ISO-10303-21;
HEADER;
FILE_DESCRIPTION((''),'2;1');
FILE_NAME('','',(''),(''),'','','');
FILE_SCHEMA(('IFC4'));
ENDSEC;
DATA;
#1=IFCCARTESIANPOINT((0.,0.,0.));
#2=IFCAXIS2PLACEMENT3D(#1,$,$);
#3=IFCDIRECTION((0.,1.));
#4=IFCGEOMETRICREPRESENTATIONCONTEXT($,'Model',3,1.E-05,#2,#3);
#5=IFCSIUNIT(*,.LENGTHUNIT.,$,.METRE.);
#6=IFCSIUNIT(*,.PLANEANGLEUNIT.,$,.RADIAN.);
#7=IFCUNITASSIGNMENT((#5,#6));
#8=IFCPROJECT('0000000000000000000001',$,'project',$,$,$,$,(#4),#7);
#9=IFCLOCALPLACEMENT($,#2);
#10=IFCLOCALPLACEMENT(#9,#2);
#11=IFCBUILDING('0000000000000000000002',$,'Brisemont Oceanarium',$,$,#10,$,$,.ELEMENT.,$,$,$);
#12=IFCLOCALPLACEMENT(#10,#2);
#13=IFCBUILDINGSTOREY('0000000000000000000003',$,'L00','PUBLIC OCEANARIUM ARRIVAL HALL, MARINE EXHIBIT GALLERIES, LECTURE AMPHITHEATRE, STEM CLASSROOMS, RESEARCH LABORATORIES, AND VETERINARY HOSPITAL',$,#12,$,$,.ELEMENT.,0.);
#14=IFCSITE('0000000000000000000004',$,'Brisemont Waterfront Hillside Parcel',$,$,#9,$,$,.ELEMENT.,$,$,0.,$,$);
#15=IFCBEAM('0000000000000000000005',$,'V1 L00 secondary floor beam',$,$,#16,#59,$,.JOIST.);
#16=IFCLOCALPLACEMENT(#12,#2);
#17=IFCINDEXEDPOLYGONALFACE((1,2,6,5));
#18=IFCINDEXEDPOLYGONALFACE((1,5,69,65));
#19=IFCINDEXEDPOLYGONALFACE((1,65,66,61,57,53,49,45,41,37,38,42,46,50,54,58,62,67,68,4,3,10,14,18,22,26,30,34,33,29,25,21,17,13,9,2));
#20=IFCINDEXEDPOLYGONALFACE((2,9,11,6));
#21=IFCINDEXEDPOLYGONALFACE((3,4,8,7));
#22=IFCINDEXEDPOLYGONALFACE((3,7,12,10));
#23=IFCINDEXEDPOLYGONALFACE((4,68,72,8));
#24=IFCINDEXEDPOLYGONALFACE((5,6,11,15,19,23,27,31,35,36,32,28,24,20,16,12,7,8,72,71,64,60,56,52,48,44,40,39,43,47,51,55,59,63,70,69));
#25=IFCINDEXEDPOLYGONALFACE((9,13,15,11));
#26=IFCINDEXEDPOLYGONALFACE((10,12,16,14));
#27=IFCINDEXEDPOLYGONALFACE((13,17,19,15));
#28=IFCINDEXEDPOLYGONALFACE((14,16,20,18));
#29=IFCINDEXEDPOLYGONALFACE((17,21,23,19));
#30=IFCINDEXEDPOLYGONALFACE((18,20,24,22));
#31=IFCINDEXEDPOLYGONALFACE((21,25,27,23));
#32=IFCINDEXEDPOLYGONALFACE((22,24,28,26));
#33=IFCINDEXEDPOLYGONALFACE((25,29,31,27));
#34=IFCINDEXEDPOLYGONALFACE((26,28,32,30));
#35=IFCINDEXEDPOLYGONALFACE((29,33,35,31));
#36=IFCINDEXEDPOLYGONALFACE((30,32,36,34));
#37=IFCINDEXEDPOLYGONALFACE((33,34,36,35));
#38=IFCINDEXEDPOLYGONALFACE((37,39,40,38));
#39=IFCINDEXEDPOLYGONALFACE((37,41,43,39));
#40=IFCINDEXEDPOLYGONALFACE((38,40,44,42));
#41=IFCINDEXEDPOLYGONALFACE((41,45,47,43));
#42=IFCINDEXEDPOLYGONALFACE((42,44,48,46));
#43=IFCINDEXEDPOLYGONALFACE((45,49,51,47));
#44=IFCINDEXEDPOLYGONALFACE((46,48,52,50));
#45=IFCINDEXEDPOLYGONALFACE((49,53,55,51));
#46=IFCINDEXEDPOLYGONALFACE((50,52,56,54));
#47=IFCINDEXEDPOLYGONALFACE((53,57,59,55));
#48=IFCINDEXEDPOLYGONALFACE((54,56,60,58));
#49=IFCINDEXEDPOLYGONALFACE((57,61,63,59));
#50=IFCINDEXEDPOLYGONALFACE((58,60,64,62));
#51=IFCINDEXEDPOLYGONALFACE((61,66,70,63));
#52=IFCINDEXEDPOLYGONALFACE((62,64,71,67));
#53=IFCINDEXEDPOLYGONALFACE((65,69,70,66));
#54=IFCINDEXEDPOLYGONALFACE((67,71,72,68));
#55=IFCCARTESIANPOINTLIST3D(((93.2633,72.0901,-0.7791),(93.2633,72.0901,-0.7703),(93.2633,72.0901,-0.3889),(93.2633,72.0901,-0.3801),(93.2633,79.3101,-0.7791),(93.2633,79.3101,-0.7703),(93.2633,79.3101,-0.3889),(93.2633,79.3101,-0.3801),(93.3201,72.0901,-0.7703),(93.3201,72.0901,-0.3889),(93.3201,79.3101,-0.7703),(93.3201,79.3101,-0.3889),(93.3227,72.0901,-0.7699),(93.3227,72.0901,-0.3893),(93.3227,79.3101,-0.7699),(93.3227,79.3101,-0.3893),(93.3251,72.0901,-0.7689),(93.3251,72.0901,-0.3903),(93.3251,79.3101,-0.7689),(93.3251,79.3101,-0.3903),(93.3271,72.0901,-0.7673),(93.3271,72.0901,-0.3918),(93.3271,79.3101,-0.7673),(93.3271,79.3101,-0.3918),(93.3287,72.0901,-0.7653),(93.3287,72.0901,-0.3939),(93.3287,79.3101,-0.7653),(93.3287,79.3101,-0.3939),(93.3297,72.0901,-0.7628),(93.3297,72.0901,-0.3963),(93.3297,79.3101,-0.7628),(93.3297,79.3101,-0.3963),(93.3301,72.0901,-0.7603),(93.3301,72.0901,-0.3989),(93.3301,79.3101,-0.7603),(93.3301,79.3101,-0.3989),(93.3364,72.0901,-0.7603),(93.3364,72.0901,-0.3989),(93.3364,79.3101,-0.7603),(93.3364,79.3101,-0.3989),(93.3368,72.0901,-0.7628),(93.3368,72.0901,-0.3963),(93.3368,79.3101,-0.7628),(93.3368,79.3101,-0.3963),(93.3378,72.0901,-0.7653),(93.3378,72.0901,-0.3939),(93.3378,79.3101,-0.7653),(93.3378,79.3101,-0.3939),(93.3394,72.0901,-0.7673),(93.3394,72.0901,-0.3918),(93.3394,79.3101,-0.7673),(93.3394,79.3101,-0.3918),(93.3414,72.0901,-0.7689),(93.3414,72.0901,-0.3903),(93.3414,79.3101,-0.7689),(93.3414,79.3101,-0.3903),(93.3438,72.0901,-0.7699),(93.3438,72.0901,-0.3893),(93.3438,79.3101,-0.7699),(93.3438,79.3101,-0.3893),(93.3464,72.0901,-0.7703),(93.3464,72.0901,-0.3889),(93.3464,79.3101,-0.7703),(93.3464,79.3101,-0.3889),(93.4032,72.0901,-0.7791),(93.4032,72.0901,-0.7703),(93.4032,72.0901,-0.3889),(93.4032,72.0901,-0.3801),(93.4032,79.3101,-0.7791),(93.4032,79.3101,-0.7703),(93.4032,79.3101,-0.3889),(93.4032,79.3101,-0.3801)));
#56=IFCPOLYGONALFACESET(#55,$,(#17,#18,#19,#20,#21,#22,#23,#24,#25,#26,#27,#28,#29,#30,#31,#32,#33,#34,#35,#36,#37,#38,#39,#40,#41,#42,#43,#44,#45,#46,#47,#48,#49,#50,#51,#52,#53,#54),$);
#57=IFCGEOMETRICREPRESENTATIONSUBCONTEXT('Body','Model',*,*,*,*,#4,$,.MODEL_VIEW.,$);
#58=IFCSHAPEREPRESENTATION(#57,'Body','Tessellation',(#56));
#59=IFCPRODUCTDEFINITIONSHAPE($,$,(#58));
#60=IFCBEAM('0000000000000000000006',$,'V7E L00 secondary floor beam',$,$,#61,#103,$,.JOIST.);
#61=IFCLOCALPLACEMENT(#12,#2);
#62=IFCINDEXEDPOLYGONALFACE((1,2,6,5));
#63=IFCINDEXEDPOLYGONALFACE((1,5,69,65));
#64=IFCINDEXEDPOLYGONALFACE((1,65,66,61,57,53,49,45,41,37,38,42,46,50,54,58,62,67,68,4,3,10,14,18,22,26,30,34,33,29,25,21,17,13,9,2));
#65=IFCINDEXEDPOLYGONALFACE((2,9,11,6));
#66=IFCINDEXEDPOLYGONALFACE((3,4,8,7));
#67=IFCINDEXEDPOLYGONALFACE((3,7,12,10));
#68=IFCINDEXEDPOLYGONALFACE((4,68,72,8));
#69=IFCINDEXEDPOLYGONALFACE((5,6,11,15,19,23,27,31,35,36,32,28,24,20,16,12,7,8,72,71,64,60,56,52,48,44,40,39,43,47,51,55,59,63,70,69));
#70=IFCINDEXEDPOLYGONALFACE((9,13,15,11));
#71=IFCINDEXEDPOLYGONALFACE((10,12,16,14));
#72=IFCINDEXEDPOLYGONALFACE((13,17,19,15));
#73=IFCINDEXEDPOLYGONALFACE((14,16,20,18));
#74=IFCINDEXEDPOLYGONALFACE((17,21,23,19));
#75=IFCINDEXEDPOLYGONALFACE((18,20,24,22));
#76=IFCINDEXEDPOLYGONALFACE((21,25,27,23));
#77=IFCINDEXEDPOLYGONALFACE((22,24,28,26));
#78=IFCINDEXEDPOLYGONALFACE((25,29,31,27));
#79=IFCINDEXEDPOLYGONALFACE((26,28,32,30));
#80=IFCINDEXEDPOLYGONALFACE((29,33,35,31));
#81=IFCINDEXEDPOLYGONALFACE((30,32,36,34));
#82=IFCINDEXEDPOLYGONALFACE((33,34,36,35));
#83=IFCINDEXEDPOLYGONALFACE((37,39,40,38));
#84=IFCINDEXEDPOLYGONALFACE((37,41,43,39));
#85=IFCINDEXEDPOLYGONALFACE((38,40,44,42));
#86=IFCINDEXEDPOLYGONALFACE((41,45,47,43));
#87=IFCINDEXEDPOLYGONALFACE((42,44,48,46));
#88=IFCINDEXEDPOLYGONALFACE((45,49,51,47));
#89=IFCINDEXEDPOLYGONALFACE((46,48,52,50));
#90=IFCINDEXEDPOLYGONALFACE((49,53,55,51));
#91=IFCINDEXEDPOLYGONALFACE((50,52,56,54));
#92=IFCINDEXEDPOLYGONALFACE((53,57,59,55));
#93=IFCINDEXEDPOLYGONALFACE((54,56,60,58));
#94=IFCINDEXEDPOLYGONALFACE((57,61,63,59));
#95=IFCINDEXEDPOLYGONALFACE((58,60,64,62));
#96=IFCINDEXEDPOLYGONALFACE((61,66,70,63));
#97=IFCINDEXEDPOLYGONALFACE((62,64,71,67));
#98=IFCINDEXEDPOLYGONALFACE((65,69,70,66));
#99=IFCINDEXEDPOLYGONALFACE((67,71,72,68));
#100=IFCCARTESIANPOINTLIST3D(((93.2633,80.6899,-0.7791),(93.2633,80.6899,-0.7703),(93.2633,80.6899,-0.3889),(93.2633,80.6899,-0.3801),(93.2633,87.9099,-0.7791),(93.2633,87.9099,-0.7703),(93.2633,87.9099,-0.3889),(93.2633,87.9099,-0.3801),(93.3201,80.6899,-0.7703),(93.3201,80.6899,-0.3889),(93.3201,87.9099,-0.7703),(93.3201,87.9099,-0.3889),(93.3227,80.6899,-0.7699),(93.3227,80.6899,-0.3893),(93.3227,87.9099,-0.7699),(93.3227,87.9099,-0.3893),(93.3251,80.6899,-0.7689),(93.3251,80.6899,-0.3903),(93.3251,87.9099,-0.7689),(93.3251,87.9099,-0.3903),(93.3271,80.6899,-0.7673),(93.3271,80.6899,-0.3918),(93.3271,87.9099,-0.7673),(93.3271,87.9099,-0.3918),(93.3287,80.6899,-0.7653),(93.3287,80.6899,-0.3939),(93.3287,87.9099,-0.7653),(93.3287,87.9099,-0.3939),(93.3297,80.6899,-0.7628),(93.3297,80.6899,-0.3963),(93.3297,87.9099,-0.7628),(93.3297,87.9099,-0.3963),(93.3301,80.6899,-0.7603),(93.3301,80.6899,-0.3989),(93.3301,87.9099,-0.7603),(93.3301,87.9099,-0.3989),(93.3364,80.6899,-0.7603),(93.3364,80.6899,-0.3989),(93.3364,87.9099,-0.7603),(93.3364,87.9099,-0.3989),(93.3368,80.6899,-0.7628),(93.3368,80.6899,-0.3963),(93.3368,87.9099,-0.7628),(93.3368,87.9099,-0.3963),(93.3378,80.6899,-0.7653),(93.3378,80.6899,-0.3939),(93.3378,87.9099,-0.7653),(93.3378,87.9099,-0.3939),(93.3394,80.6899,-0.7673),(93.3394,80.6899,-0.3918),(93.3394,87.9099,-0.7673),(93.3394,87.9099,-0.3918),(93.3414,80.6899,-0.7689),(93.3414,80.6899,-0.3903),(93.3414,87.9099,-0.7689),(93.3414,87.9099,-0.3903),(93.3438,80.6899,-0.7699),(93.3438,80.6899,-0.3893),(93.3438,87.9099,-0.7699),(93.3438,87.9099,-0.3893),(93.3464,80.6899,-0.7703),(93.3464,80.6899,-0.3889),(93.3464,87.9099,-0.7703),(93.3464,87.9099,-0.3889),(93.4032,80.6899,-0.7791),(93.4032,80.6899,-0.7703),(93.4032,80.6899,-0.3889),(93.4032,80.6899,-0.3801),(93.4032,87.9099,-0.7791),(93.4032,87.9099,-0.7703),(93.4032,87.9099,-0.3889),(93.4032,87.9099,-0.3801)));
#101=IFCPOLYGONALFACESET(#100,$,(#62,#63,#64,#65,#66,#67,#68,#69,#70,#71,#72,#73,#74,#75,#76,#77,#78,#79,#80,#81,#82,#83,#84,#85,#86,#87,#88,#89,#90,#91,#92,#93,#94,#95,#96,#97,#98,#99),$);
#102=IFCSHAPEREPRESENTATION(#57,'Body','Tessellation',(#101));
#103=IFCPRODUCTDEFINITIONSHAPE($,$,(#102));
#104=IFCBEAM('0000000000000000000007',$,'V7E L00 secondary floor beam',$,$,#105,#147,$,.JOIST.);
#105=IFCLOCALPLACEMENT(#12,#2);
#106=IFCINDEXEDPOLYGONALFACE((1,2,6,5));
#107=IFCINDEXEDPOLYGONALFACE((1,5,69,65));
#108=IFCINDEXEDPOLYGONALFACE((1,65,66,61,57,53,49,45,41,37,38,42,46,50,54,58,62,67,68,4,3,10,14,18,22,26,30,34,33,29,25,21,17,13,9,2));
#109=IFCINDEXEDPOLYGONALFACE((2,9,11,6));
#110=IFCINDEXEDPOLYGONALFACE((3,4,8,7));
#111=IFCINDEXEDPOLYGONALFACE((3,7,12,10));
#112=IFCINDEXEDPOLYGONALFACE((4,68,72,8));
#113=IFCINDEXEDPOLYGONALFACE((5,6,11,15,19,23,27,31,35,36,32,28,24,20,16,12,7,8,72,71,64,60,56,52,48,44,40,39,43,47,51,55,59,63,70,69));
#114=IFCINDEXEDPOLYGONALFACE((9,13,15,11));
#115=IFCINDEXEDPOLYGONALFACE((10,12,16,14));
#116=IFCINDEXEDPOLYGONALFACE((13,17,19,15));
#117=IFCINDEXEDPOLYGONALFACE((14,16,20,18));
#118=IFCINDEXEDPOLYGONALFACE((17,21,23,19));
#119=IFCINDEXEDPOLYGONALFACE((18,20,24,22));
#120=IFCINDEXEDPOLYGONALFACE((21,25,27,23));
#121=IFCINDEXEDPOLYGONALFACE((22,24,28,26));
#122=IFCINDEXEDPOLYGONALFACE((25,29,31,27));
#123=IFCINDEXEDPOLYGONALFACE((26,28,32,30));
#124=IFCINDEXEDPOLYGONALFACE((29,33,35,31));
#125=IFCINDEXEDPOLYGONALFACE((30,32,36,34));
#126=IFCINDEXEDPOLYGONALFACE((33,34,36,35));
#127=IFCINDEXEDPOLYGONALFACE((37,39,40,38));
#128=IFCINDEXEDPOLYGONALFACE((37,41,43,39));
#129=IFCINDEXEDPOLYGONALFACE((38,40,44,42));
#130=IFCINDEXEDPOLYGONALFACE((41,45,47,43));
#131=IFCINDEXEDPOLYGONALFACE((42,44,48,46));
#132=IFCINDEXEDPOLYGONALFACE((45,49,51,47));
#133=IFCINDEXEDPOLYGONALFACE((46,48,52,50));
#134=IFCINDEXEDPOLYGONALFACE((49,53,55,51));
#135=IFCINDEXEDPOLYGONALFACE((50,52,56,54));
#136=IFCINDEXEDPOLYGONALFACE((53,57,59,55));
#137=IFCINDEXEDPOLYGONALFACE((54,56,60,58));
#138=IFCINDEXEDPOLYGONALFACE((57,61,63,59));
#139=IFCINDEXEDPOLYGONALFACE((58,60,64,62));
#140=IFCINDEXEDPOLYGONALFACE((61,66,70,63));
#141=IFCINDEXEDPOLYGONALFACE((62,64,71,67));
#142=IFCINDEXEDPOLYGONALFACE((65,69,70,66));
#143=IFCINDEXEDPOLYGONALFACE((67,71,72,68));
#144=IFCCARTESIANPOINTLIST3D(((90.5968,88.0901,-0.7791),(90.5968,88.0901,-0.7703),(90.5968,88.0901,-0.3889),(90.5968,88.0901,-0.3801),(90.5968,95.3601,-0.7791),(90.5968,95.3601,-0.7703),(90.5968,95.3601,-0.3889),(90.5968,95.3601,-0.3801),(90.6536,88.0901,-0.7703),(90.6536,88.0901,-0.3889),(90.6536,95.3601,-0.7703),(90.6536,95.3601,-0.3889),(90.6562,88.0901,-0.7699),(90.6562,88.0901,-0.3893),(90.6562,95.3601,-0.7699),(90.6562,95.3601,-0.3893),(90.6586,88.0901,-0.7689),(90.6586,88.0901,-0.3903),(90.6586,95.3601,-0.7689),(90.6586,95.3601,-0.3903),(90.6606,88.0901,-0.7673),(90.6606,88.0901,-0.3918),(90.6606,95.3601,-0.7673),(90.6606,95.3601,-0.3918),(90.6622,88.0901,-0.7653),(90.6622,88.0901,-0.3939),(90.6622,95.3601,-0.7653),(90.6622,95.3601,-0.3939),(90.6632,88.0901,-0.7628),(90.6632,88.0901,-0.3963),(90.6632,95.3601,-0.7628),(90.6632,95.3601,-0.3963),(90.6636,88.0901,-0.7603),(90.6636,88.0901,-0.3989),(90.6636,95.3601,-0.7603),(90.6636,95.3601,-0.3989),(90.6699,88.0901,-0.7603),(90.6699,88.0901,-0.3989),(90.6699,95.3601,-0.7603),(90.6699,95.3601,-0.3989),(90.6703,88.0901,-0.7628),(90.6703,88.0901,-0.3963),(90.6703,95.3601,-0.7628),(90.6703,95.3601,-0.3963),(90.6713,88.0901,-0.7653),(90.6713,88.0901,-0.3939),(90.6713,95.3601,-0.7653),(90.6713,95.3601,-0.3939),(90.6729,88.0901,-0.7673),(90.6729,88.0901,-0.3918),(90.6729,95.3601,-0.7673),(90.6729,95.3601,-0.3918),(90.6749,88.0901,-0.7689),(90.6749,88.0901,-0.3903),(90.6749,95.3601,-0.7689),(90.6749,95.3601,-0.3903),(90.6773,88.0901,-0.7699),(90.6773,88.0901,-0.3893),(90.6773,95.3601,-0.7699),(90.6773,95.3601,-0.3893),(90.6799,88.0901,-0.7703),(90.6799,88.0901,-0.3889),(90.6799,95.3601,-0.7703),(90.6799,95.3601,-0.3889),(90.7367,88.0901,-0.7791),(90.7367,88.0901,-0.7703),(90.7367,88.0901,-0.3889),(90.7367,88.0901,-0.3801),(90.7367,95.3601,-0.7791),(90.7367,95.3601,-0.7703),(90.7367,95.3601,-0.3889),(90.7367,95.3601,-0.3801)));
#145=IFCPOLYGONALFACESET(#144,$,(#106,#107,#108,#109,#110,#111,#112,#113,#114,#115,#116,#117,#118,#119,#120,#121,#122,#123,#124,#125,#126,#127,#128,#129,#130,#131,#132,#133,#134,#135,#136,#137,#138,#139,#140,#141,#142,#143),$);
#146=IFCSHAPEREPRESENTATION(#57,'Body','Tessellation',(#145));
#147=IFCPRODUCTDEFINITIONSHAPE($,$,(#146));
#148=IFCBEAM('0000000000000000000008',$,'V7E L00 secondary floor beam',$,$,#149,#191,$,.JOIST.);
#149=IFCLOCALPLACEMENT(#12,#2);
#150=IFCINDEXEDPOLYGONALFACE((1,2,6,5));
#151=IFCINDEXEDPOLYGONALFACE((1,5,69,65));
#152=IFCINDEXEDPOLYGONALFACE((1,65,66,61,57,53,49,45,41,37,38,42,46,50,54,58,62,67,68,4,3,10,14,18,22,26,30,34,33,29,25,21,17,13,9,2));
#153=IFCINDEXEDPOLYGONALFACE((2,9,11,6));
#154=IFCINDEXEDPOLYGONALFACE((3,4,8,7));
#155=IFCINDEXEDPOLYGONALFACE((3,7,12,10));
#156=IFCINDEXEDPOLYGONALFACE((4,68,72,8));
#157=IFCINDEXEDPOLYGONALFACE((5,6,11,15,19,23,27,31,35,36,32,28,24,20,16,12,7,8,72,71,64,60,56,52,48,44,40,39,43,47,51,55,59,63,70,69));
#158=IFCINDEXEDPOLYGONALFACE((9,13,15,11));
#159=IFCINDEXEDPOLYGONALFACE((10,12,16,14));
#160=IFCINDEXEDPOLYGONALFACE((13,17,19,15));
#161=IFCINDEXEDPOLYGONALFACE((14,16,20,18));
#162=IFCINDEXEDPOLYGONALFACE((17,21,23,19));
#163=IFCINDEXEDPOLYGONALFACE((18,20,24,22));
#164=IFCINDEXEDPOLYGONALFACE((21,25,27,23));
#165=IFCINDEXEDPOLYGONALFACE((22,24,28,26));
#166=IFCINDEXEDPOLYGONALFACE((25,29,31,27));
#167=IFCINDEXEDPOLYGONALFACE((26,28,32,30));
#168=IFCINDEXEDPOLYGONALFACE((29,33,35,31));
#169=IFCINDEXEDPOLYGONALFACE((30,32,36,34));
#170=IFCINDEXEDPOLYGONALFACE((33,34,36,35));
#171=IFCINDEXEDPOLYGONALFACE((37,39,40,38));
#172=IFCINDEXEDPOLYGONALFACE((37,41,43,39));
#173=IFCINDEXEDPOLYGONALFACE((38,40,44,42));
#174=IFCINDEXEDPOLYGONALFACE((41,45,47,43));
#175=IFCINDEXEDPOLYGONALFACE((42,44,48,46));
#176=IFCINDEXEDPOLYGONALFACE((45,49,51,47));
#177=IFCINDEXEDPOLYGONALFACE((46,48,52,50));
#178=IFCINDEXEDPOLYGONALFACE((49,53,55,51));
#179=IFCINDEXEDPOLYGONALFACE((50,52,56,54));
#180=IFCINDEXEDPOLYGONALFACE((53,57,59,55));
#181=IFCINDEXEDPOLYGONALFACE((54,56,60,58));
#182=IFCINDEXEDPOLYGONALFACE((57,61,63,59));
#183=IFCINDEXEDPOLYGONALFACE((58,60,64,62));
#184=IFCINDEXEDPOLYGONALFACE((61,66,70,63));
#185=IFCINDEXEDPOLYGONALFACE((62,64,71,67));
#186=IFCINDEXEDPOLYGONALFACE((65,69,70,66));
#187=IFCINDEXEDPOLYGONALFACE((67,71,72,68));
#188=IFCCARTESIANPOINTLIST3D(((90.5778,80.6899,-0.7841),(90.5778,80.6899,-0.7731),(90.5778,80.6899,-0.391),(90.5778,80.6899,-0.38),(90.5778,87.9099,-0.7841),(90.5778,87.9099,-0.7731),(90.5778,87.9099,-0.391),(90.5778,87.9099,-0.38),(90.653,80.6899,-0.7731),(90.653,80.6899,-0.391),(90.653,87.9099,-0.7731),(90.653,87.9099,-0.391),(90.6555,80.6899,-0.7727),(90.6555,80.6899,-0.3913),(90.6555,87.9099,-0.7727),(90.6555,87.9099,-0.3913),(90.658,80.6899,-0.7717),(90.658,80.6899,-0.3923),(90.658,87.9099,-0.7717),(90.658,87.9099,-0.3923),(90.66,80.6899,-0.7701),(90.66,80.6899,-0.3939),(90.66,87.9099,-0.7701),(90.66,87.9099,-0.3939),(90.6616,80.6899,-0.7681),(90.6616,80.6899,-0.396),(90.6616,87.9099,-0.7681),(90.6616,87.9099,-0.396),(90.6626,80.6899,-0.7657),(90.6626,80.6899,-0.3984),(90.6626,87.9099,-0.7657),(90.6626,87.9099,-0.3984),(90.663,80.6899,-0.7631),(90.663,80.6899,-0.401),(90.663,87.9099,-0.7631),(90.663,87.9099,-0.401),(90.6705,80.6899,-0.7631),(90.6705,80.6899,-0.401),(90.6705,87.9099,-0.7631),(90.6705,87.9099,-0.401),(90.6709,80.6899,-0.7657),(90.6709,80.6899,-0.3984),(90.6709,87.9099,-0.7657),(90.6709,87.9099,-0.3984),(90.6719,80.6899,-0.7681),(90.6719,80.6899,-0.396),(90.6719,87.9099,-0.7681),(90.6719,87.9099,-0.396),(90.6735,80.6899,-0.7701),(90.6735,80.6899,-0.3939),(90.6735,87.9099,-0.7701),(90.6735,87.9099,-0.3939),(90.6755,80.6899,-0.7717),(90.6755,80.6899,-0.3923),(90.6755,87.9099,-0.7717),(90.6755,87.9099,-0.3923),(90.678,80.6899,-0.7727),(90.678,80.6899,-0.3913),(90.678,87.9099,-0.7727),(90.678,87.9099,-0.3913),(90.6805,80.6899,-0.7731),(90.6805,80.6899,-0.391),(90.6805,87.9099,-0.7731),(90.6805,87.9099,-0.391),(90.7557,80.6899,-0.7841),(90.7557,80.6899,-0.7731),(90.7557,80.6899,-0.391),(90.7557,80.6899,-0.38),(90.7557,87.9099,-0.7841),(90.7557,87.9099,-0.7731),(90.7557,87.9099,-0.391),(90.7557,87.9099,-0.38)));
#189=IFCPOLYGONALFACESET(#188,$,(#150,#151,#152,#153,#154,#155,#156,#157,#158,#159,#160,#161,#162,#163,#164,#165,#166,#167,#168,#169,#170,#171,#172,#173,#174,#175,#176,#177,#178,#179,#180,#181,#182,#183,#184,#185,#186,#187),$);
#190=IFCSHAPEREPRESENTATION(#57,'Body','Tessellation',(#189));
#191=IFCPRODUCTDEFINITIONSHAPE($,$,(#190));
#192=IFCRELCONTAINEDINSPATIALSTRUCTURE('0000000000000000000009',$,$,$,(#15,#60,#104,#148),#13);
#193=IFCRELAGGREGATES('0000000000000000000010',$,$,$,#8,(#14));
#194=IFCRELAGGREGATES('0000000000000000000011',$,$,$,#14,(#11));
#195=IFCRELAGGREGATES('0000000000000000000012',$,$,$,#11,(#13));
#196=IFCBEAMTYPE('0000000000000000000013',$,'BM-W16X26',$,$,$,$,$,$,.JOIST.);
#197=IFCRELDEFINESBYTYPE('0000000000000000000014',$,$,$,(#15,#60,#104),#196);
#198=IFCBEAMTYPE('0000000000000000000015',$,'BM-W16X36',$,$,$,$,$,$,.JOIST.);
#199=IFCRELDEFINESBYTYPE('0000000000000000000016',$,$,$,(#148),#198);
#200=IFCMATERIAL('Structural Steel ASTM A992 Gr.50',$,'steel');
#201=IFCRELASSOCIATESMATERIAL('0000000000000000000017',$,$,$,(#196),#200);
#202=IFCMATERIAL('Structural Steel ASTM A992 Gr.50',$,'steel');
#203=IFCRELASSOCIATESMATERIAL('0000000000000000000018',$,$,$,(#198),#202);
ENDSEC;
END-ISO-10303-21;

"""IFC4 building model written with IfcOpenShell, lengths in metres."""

from ifc_helpers import new_model, si_unit, direction, frame, origin, origin_2d, place, context, subcontext, project, spatial, i_section, extrude, material, material_profile, profile_set, type_object, element, save


model = new_model("IFC4")

# Units and contexts
model_context = context("Model", 3, precision=1e-05, world=origin(), true_north=direction((0.0, 1.0)))
body_context = subcontext(model_context, "Body", "Model", "MODEL_VIEW")
ifc_project = project(units=[si_unit("LENGTHUNIT", "METRE"), si_unit("PLANEANGLEUNIT", "RADIAN")], contexts=[model_context])

# Site, building, storey
site_placement = place(None, origin())
site = spatial("IfcSite", under=ifc_project, at=site_placement, Name="Brisemont Waterfront Hillside Parcel", CompositionType="ELEMENT", RefElevation=0.0)
building_placement = place(site_placement, origin())
building = spatial("IfcBuilding", under=site, at=building_placement, Name="Brisemont Oceanarium", CompositionType="ELEMENT")
storey_placement = place(building_placement, origin())
storey = spatial("IfcBuildingStorey", under=building, at=storey_placement, Name="L00", Description="PUBLIC OCEANARIUM ARRIVAL HALL, MARINE EXHIBIT GALLERIES, LECTURE AMPHITHEATRE, STEM CLASSROOMS, RESEARCH LABORATORIES, AND VETERINARY HOSPITAL", CompositionType="ELEMENT", Elevation=0.0)

# Beams
ifc_material_1 = material(Name="Structural Steel ASTM A992 Gr.50", Category="steel")
ifc_material_profile_1 = material_profile(ifc_material_1, i_section(OverallWidth=0.1399, OverallDepth=0.3989, WebThickness=0.0063, FlangeThickness=0.0088, FilletRadius=0.01, at=origin_2d()), Name="W16X26")
ifc_profile_set_1 = profile_set([ifc_material_profile_1], Name="Structural Steel ASTM A992 Gr.50")
beam_type_1 = type_object("IfcBeamType", Name="BM-W16X26", PredefinedType="JOIST", material=ifc_profile_set_1)
for number, where, z_axis, x_axis, name in (
    (1, (93.3333, 72.0901, -0.5796), (0.0, 1.0, 0.0), (-1.0, 0.0, 0.0), "V1 L00 secondary floor beam"),
    (2, (93.3333, 80.6899, -0.5796), (0.0, 1.0, 0.0), (-1.0, 0.0, 0.0), "V7E L00 secondary floor beam"),
):
    element("IfcBeam", number, at=place(storey_placement, frame(where, z_axis=z_axis, x_axis=x_axis)), inside=storey, type_object=beam_type_1, Name=name, PredefinedType="JOIST", context=body_context, shape_type="SweptSolid", body=[
        extrude(i_section(OverallWidth=0.1399, OverallDepth=0.3989, WebThickness=0.0063, FlangeThickness=0.0088, FilletRadius=0.01, at=origin_2d()), origin(), (0.0, 0.0, 1.0), 7.22),
    ])
beam_1_placement = place(storey_placement, frame((90.6667, 88.0901, -0.5796), z_axis=(0.0, 1.0, 0.0), x_axis=(-1.0, 0.0, 0.0)))
element("IfcBeam", 3, at=beam_1_placement, inside=storey, type_object=beam_type_1, Name="V7E L00 secondary floor beam", PredefinedType="JOIST", context=body_context, shape_type="SweptSolid", body=[
    extrude(i_section(OverallWidth=0.1399, OverallDepth=0.3989, WebThickness=0.0063, FlangeThickness=0.0088, FilletRadius=0.01, at=origin_2d()), origin(), (0.0, 0.0, 1.0), 7.27),
])
ifc_material_2 = material(Name="Structural Steel ASTM A992 Gr.50", Category="steel")
ifc_material_profile_2 = material_profile(ifc_material_2, i_section(OverallWidth=0.178, OverallDepth=0.4041, WebThickness=0.0076, FlangeThickness=0.011, FilletRadius=0.01, at=origin_2d()), Name="W16X36")
ifc_profile_set_2 = profile_set([ifc_material_profile_2], Name="Structural Steel ASTM A992 Gr.50")
beam_type_2 = type_object("IfcBeamType", Name="BM-W16X36", PredefinedType="JOIST", material=ifc_profile_set_2)
beam_2_placement = place(storey_placement, frame((90.6667, 80.6899, -0.582), z_axis=(0.0, 1.0, 0.0), x_axis=(-1.0, 0.0, 0.0)))
element("IfcBeam", 4, at=beam_2_placement, inside=storey, type_object=beam_type_2, Name="V7E L00 secondary floor beam", PredefinedType="JOIST", context=body_context, shape_type="SweptSolid", body=[
    extrude(i_section(OverallWidth=0.178, OverallDepth=0.4041, WebThickness=0.0076, FlangeThickness=0.011, FilletRadius=0.01, at=origin_2d()), origin(), (0.0, 0.0, 1.0), 7.22),
])

save(model, "model.ifc")
